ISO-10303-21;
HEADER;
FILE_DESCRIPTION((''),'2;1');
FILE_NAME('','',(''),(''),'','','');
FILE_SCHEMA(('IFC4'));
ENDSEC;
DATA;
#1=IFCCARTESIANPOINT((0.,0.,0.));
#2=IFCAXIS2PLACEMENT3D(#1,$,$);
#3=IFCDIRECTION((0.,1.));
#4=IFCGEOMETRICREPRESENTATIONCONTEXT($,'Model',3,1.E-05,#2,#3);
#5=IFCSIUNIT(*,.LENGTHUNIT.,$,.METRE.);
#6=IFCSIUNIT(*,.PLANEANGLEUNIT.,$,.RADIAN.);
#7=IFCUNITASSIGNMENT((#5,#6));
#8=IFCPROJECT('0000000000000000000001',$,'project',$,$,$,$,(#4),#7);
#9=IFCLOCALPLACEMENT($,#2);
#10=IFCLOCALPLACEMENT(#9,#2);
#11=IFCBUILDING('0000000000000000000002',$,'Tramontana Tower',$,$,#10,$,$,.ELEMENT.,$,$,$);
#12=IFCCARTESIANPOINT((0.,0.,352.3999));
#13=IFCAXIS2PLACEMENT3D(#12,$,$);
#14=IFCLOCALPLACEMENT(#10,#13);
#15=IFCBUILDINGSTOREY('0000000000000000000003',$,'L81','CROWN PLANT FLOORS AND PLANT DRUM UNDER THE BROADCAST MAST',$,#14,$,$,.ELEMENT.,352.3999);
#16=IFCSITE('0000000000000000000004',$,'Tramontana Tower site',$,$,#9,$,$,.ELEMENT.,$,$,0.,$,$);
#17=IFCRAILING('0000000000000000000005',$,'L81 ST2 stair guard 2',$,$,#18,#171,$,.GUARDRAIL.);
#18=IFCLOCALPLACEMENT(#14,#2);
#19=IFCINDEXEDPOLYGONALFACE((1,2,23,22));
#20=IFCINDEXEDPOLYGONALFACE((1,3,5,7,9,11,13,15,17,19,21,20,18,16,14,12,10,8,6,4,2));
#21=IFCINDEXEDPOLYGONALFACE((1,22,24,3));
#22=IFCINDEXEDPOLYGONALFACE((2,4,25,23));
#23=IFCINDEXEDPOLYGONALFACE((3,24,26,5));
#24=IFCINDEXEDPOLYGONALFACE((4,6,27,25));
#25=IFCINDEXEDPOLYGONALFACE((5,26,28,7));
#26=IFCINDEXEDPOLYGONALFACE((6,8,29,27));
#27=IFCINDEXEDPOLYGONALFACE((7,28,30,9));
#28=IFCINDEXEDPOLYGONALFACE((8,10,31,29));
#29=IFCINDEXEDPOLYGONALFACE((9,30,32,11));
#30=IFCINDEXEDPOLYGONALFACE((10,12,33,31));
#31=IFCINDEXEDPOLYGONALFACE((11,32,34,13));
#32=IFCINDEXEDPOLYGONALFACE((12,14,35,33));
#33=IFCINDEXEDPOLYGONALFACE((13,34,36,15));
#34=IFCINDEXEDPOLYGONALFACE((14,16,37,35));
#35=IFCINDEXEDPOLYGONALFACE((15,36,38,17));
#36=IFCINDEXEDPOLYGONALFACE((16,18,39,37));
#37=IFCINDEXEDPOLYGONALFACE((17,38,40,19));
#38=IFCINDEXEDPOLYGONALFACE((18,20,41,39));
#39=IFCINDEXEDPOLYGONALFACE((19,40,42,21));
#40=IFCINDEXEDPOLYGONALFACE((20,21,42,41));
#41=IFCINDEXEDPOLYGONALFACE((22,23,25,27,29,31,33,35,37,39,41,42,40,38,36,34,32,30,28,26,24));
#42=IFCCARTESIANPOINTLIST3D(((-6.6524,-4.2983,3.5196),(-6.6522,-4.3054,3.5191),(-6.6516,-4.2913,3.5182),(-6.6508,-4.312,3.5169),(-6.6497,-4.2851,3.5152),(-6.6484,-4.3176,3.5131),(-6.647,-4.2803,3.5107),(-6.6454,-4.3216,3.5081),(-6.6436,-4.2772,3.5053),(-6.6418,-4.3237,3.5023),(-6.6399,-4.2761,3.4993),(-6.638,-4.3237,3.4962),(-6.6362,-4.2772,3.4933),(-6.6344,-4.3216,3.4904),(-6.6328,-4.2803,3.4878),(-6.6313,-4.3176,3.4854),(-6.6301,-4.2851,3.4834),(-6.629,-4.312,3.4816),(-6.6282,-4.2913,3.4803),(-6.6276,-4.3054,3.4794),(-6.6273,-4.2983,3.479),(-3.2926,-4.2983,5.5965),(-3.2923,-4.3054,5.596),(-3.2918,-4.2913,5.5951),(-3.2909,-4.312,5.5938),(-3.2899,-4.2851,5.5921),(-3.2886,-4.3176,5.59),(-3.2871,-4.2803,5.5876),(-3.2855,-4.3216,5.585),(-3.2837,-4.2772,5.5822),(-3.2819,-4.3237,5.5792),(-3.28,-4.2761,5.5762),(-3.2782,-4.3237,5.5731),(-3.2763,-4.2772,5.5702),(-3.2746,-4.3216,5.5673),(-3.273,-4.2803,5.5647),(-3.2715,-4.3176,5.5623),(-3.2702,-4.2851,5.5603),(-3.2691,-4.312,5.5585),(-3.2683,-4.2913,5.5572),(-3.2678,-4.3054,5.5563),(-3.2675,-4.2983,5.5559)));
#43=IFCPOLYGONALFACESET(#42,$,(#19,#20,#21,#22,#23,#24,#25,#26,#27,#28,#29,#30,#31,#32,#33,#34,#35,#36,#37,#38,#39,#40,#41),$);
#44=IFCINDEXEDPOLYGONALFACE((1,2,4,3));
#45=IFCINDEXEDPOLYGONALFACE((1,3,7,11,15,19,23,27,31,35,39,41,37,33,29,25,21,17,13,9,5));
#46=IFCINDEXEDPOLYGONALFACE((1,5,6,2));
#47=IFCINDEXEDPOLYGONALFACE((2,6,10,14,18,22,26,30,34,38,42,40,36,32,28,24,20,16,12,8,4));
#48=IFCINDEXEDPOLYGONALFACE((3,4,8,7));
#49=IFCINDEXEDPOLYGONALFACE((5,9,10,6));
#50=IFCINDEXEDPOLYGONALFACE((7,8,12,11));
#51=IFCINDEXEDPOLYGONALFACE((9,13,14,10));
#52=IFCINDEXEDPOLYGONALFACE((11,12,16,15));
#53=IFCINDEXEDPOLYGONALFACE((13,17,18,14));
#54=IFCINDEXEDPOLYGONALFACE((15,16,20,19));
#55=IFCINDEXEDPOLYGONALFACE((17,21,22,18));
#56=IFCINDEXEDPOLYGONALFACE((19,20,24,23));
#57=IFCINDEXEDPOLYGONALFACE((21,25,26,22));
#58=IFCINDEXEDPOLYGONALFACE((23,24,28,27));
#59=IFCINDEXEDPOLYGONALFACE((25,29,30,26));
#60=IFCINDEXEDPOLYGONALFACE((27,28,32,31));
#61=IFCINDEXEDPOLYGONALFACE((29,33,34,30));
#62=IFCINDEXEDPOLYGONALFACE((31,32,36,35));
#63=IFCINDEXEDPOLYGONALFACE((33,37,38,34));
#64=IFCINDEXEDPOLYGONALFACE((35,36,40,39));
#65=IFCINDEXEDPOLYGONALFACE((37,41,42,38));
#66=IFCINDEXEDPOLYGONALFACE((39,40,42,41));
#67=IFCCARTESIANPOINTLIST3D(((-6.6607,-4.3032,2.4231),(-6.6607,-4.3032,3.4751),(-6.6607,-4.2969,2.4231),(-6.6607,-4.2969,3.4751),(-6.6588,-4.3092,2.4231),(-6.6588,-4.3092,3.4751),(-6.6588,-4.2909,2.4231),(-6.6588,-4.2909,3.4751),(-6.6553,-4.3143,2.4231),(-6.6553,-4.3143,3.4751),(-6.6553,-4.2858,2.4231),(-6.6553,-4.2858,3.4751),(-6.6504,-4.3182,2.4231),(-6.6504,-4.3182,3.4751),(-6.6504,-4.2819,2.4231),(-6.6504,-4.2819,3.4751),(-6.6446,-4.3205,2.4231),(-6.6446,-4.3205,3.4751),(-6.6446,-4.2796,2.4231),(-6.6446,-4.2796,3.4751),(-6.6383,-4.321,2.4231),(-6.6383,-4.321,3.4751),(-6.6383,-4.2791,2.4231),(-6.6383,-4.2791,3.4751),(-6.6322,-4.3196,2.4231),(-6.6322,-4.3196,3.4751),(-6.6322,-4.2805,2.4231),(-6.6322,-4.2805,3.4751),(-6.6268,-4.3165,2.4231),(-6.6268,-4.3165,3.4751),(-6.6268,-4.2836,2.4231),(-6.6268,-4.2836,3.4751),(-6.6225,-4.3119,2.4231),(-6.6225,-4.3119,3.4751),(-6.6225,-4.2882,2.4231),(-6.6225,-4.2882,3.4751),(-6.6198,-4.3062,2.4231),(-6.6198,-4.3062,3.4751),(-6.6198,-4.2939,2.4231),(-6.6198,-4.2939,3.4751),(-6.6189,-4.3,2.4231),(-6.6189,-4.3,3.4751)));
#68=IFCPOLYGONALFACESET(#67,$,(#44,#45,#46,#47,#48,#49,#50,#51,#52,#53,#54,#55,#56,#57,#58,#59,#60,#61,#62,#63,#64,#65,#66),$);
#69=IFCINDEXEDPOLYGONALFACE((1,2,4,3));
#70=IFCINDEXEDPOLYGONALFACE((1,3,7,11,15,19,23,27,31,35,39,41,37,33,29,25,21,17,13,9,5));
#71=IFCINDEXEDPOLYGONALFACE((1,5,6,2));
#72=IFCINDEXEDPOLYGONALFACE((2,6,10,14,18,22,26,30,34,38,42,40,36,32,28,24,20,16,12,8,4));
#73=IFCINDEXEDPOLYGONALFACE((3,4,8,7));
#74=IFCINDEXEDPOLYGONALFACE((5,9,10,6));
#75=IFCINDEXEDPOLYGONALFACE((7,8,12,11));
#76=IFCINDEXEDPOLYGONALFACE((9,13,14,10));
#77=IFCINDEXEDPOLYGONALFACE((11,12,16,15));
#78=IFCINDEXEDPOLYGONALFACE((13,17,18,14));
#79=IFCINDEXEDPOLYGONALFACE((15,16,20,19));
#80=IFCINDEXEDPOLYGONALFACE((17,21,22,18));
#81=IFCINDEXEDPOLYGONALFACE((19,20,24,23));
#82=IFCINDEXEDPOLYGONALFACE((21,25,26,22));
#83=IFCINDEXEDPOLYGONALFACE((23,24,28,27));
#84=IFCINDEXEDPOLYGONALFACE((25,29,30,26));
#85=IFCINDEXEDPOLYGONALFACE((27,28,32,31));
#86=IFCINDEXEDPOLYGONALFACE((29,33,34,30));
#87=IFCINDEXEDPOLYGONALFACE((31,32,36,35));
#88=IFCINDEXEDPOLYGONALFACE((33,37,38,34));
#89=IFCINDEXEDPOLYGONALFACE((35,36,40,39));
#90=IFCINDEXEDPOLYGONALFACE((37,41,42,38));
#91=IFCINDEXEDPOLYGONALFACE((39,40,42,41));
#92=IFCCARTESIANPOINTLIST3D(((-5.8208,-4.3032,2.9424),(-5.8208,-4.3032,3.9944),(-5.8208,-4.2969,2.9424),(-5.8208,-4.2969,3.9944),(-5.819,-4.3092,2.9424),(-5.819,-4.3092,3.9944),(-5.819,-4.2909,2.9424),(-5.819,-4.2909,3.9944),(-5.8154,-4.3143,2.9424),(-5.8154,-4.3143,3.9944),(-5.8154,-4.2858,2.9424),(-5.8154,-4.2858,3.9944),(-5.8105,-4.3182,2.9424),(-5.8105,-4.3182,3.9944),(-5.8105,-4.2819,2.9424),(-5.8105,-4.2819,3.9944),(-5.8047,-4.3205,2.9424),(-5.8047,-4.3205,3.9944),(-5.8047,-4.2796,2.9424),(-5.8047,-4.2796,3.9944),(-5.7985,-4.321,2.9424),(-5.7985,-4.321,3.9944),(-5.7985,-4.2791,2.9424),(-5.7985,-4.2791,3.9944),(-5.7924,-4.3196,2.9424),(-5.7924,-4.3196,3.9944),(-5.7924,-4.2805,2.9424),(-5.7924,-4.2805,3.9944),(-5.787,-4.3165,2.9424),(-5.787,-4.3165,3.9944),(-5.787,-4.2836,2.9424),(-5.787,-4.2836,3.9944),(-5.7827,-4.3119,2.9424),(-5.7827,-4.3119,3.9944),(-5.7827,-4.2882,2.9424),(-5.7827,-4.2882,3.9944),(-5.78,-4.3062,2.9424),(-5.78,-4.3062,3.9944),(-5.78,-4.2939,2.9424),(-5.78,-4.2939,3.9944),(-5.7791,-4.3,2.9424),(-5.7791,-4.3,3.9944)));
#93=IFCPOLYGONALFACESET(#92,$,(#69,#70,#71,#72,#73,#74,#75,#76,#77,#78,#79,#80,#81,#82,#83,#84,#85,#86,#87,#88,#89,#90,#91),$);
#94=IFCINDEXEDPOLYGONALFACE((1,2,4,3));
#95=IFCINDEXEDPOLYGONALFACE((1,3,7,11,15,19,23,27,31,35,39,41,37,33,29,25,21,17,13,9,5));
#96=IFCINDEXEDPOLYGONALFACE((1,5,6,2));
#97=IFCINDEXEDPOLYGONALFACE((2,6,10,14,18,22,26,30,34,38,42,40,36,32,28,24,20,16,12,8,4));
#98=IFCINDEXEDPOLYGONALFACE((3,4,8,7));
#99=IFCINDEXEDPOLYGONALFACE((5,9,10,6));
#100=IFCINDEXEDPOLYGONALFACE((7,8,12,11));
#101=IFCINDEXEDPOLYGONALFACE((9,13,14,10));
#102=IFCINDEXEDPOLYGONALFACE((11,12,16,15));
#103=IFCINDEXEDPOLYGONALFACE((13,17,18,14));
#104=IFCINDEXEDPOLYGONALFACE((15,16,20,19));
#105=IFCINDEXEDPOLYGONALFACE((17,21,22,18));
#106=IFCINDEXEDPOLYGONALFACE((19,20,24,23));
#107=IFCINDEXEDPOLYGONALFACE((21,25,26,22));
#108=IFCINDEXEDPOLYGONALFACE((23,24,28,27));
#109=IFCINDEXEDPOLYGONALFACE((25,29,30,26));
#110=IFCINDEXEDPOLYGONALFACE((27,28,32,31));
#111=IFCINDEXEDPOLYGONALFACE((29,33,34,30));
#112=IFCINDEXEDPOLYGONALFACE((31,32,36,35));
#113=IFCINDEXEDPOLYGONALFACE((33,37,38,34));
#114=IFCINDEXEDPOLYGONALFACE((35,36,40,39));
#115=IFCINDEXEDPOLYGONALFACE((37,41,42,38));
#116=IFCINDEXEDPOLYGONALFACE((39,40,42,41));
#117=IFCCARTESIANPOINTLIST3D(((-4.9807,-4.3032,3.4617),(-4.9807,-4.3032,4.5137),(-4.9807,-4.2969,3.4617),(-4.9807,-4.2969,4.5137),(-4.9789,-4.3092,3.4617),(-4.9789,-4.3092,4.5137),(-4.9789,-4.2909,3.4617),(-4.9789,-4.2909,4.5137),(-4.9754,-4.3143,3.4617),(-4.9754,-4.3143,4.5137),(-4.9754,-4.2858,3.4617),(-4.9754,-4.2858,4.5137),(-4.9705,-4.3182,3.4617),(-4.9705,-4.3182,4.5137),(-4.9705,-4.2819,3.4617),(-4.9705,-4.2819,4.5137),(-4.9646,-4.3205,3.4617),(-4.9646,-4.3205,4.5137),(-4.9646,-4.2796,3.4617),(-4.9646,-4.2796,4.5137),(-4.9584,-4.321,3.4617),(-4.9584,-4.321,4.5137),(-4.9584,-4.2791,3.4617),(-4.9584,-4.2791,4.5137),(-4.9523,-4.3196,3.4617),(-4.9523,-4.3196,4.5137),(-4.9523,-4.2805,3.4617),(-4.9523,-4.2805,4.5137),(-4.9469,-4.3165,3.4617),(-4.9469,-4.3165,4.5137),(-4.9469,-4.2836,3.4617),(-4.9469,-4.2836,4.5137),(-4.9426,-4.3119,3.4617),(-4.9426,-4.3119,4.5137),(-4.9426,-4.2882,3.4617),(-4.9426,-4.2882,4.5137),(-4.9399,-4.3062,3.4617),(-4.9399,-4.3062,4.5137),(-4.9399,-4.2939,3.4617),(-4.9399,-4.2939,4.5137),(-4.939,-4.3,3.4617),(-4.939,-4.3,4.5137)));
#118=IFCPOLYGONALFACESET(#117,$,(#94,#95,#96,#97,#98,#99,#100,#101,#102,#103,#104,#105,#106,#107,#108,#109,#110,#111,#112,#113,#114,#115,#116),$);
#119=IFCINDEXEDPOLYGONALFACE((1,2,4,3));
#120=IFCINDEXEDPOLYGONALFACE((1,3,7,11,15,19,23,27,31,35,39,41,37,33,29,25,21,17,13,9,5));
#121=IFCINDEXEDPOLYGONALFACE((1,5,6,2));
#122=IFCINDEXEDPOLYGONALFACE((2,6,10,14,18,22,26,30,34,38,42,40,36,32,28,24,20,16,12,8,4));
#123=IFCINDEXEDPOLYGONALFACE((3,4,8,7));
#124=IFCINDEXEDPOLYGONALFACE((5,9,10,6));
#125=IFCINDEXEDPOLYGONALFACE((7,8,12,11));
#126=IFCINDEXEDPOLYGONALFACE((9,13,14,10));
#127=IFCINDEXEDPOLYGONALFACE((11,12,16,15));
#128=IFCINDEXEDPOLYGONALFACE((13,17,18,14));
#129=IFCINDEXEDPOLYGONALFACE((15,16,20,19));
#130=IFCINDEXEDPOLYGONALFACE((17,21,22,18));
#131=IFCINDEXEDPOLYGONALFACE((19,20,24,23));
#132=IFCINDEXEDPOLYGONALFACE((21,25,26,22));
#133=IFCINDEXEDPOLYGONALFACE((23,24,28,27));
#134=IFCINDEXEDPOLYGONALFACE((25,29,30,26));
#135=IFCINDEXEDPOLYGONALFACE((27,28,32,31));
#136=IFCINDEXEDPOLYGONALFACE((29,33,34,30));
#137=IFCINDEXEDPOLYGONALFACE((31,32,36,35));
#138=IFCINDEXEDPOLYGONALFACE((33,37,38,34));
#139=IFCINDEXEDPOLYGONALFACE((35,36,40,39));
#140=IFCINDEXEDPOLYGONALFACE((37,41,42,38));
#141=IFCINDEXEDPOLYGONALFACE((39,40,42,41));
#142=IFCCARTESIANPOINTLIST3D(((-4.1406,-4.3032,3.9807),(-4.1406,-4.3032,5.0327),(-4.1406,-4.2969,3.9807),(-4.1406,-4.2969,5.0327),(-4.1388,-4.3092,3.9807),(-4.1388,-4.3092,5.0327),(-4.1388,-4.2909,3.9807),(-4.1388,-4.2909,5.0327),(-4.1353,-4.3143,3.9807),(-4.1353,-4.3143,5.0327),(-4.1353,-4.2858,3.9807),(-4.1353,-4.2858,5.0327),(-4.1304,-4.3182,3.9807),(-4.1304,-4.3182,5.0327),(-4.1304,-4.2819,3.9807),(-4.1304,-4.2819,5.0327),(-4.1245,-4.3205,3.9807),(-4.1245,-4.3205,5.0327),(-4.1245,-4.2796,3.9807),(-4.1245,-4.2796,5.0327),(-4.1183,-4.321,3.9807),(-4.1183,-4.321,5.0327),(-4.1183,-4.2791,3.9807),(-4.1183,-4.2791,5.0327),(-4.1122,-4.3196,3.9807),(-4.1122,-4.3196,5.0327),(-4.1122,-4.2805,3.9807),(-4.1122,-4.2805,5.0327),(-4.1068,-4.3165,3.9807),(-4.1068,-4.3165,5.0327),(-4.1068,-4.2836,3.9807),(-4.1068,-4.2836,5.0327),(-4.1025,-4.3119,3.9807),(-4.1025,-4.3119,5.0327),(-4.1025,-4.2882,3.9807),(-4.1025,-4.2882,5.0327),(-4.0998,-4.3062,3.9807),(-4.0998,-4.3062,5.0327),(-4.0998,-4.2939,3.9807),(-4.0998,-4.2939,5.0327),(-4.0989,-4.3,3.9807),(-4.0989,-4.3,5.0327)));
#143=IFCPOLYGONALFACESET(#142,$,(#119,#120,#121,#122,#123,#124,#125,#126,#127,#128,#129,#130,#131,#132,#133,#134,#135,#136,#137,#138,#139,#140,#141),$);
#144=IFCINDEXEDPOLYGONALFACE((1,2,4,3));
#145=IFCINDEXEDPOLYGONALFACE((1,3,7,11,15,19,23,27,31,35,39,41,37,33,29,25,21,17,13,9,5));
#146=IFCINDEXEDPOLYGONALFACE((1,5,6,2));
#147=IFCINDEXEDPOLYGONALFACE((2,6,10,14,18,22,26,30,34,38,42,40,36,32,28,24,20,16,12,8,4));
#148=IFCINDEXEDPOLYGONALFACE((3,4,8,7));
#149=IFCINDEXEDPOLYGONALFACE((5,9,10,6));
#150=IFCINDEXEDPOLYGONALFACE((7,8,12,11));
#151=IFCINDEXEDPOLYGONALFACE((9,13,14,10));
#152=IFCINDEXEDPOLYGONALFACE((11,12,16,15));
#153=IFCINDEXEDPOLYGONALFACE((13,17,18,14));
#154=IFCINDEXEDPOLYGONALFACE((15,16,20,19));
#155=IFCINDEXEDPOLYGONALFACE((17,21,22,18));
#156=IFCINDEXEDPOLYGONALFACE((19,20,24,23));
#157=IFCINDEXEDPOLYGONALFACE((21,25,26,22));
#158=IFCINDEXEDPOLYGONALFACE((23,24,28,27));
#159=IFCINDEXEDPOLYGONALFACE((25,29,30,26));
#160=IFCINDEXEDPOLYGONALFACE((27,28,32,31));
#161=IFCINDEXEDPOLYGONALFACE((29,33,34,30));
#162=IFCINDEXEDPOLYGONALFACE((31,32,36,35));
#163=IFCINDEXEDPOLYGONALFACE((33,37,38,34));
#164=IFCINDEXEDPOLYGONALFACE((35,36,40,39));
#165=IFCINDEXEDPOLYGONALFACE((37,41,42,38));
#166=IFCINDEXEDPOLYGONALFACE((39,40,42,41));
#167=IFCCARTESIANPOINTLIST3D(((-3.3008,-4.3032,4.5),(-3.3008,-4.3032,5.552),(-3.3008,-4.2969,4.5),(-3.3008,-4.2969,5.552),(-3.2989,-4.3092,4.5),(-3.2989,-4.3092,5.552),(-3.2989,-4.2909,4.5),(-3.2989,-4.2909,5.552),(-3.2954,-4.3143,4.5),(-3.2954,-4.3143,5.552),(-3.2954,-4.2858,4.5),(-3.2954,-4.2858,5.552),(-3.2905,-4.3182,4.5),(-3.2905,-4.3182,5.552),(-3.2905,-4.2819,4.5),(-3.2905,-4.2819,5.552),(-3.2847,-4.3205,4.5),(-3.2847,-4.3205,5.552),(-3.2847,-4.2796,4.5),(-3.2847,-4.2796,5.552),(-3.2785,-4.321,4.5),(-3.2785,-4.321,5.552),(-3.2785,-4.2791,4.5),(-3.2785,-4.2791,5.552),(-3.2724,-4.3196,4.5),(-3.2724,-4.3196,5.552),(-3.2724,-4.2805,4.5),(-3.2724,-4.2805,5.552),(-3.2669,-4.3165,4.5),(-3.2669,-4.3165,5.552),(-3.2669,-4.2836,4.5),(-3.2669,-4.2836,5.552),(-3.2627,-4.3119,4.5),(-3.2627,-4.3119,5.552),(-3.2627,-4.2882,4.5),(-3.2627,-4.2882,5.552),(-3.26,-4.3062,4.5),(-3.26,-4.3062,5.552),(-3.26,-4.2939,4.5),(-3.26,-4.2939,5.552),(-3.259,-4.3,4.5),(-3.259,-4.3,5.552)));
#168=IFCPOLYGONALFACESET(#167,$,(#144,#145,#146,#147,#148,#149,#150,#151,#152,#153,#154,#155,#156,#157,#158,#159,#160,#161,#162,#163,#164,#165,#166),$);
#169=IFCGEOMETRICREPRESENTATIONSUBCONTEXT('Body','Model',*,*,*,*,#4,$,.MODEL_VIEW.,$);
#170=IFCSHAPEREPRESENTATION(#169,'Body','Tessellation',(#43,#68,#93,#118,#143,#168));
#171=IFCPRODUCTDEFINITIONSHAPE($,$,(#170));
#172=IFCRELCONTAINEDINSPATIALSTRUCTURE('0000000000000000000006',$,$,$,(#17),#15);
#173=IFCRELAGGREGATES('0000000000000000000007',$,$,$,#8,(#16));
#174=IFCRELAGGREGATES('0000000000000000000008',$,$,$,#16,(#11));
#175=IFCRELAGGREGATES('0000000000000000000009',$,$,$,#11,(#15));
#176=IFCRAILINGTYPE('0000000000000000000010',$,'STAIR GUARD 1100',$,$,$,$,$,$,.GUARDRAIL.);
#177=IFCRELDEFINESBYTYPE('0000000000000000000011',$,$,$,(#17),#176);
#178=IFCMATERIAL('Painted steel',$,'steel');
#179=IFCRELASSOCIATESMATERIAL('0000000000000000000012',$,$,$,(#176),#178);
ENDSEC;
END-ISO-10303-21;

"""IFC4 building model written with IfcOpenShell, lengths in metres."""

from ifc_helpers import new_model, si_unit, direction, frame, origin, origin_2d, place, context, subcontext, project, spatial, circle, extrude, material, type_object, element, save


model = new_model("IFC4")

# Units and contexts
model_context = context("Model", 3, precision=1e-05, world=origin(), true_north=direction((0.0, 1.0)))
body_context = subcontext(model_context, "Body", "Model", "MODEL_VIEW")
ifc_project = project(units=[si_unit("LENGTHUNIT", "METRE"), si_unit("PLANEANGLEUNIT", "RADIAN")], contexts=[model_context])

# Site, building, storey
site_placement = place(None, origin())
site = spatial("IfcSite", under=ifc_project, at=site_placement, Name="Tramontana Tower site", CompositionType="ELEMENT", RefElevation=0.0)
building_placement = place(site_placement, origin())
building = spatial("IfcBuilding", under=site, at=building_placement, Name="Tramontana Tower", CompositionType="ELEMENT")
storey_placement = place(building_placement, frame((0.0, 0.0, 352.3999)))
storey = spatial("IfcBuildingStorey", under=building, at=storey_placement, Name="L81", Description="CROWN PLANT FLOORS AND PLANT DRUM UNDER THE BROADCAST MAST", CompositionType="ELEMENT", Elevation=352.3999)

# Railing
ifc_material_1 = material(Name="Painted steel", Category="steel")
railing_type_1 = type_object("IfcRailingType", Name="STAIR GUARD 1100", PredefinedType="GUARDRAIL", material=ifc_material_1)
railing_1_placement = place(storey_placement, frame((-6.6399, -4.3, 2.4231)))
element("IfcRailing", 1, at=railing_1_placement, inside=storey, type_object=railing_type_1, Name="L81 ST2 stair guard 2", PredefinedType="GUARDRAIL", context=body_context, shape_type="SweptSolid", body=[
    extrude(circle(Radius=0.0239, at=origin_2d()), frame((0.0, 0.0, 1.0762), z_axis=(0.850606, 0.0, 0.525803), x_axis=(0.0, 1.0, 0.0)), (0.0, 0.0, 1.0), 3.95),
    extrude(circle(Radius=0.021, at=origin_2d()), origin(), (0.0, 0.0, 1.0), 1.052),
    extrude(circle(Radius=0.021, at=origin_2d()), frame((0.8398, 0.0, 0.5193)), (0.0, 0.0, 1.0), 1.052),
    extrude(circle(Radius=0.021, at=origin_2d()), frame((1.6799, 0.0, 1.0386)), (0.0, 0.0, 1.0), 1.052),
    extrude(circle(Radius=0.021, at=origin_2d()), frame((2.52, 0.0, 1.5576)), (0.0, 0.0, 1.0), 1.052),
    extrude(circle(Radius=0.021, at=origin_2d()), frame((3.3599, 0.0, 2.0769)), (0.0, 0.0, 1.0), 1.052),
])

save(model, "model.ifc")
